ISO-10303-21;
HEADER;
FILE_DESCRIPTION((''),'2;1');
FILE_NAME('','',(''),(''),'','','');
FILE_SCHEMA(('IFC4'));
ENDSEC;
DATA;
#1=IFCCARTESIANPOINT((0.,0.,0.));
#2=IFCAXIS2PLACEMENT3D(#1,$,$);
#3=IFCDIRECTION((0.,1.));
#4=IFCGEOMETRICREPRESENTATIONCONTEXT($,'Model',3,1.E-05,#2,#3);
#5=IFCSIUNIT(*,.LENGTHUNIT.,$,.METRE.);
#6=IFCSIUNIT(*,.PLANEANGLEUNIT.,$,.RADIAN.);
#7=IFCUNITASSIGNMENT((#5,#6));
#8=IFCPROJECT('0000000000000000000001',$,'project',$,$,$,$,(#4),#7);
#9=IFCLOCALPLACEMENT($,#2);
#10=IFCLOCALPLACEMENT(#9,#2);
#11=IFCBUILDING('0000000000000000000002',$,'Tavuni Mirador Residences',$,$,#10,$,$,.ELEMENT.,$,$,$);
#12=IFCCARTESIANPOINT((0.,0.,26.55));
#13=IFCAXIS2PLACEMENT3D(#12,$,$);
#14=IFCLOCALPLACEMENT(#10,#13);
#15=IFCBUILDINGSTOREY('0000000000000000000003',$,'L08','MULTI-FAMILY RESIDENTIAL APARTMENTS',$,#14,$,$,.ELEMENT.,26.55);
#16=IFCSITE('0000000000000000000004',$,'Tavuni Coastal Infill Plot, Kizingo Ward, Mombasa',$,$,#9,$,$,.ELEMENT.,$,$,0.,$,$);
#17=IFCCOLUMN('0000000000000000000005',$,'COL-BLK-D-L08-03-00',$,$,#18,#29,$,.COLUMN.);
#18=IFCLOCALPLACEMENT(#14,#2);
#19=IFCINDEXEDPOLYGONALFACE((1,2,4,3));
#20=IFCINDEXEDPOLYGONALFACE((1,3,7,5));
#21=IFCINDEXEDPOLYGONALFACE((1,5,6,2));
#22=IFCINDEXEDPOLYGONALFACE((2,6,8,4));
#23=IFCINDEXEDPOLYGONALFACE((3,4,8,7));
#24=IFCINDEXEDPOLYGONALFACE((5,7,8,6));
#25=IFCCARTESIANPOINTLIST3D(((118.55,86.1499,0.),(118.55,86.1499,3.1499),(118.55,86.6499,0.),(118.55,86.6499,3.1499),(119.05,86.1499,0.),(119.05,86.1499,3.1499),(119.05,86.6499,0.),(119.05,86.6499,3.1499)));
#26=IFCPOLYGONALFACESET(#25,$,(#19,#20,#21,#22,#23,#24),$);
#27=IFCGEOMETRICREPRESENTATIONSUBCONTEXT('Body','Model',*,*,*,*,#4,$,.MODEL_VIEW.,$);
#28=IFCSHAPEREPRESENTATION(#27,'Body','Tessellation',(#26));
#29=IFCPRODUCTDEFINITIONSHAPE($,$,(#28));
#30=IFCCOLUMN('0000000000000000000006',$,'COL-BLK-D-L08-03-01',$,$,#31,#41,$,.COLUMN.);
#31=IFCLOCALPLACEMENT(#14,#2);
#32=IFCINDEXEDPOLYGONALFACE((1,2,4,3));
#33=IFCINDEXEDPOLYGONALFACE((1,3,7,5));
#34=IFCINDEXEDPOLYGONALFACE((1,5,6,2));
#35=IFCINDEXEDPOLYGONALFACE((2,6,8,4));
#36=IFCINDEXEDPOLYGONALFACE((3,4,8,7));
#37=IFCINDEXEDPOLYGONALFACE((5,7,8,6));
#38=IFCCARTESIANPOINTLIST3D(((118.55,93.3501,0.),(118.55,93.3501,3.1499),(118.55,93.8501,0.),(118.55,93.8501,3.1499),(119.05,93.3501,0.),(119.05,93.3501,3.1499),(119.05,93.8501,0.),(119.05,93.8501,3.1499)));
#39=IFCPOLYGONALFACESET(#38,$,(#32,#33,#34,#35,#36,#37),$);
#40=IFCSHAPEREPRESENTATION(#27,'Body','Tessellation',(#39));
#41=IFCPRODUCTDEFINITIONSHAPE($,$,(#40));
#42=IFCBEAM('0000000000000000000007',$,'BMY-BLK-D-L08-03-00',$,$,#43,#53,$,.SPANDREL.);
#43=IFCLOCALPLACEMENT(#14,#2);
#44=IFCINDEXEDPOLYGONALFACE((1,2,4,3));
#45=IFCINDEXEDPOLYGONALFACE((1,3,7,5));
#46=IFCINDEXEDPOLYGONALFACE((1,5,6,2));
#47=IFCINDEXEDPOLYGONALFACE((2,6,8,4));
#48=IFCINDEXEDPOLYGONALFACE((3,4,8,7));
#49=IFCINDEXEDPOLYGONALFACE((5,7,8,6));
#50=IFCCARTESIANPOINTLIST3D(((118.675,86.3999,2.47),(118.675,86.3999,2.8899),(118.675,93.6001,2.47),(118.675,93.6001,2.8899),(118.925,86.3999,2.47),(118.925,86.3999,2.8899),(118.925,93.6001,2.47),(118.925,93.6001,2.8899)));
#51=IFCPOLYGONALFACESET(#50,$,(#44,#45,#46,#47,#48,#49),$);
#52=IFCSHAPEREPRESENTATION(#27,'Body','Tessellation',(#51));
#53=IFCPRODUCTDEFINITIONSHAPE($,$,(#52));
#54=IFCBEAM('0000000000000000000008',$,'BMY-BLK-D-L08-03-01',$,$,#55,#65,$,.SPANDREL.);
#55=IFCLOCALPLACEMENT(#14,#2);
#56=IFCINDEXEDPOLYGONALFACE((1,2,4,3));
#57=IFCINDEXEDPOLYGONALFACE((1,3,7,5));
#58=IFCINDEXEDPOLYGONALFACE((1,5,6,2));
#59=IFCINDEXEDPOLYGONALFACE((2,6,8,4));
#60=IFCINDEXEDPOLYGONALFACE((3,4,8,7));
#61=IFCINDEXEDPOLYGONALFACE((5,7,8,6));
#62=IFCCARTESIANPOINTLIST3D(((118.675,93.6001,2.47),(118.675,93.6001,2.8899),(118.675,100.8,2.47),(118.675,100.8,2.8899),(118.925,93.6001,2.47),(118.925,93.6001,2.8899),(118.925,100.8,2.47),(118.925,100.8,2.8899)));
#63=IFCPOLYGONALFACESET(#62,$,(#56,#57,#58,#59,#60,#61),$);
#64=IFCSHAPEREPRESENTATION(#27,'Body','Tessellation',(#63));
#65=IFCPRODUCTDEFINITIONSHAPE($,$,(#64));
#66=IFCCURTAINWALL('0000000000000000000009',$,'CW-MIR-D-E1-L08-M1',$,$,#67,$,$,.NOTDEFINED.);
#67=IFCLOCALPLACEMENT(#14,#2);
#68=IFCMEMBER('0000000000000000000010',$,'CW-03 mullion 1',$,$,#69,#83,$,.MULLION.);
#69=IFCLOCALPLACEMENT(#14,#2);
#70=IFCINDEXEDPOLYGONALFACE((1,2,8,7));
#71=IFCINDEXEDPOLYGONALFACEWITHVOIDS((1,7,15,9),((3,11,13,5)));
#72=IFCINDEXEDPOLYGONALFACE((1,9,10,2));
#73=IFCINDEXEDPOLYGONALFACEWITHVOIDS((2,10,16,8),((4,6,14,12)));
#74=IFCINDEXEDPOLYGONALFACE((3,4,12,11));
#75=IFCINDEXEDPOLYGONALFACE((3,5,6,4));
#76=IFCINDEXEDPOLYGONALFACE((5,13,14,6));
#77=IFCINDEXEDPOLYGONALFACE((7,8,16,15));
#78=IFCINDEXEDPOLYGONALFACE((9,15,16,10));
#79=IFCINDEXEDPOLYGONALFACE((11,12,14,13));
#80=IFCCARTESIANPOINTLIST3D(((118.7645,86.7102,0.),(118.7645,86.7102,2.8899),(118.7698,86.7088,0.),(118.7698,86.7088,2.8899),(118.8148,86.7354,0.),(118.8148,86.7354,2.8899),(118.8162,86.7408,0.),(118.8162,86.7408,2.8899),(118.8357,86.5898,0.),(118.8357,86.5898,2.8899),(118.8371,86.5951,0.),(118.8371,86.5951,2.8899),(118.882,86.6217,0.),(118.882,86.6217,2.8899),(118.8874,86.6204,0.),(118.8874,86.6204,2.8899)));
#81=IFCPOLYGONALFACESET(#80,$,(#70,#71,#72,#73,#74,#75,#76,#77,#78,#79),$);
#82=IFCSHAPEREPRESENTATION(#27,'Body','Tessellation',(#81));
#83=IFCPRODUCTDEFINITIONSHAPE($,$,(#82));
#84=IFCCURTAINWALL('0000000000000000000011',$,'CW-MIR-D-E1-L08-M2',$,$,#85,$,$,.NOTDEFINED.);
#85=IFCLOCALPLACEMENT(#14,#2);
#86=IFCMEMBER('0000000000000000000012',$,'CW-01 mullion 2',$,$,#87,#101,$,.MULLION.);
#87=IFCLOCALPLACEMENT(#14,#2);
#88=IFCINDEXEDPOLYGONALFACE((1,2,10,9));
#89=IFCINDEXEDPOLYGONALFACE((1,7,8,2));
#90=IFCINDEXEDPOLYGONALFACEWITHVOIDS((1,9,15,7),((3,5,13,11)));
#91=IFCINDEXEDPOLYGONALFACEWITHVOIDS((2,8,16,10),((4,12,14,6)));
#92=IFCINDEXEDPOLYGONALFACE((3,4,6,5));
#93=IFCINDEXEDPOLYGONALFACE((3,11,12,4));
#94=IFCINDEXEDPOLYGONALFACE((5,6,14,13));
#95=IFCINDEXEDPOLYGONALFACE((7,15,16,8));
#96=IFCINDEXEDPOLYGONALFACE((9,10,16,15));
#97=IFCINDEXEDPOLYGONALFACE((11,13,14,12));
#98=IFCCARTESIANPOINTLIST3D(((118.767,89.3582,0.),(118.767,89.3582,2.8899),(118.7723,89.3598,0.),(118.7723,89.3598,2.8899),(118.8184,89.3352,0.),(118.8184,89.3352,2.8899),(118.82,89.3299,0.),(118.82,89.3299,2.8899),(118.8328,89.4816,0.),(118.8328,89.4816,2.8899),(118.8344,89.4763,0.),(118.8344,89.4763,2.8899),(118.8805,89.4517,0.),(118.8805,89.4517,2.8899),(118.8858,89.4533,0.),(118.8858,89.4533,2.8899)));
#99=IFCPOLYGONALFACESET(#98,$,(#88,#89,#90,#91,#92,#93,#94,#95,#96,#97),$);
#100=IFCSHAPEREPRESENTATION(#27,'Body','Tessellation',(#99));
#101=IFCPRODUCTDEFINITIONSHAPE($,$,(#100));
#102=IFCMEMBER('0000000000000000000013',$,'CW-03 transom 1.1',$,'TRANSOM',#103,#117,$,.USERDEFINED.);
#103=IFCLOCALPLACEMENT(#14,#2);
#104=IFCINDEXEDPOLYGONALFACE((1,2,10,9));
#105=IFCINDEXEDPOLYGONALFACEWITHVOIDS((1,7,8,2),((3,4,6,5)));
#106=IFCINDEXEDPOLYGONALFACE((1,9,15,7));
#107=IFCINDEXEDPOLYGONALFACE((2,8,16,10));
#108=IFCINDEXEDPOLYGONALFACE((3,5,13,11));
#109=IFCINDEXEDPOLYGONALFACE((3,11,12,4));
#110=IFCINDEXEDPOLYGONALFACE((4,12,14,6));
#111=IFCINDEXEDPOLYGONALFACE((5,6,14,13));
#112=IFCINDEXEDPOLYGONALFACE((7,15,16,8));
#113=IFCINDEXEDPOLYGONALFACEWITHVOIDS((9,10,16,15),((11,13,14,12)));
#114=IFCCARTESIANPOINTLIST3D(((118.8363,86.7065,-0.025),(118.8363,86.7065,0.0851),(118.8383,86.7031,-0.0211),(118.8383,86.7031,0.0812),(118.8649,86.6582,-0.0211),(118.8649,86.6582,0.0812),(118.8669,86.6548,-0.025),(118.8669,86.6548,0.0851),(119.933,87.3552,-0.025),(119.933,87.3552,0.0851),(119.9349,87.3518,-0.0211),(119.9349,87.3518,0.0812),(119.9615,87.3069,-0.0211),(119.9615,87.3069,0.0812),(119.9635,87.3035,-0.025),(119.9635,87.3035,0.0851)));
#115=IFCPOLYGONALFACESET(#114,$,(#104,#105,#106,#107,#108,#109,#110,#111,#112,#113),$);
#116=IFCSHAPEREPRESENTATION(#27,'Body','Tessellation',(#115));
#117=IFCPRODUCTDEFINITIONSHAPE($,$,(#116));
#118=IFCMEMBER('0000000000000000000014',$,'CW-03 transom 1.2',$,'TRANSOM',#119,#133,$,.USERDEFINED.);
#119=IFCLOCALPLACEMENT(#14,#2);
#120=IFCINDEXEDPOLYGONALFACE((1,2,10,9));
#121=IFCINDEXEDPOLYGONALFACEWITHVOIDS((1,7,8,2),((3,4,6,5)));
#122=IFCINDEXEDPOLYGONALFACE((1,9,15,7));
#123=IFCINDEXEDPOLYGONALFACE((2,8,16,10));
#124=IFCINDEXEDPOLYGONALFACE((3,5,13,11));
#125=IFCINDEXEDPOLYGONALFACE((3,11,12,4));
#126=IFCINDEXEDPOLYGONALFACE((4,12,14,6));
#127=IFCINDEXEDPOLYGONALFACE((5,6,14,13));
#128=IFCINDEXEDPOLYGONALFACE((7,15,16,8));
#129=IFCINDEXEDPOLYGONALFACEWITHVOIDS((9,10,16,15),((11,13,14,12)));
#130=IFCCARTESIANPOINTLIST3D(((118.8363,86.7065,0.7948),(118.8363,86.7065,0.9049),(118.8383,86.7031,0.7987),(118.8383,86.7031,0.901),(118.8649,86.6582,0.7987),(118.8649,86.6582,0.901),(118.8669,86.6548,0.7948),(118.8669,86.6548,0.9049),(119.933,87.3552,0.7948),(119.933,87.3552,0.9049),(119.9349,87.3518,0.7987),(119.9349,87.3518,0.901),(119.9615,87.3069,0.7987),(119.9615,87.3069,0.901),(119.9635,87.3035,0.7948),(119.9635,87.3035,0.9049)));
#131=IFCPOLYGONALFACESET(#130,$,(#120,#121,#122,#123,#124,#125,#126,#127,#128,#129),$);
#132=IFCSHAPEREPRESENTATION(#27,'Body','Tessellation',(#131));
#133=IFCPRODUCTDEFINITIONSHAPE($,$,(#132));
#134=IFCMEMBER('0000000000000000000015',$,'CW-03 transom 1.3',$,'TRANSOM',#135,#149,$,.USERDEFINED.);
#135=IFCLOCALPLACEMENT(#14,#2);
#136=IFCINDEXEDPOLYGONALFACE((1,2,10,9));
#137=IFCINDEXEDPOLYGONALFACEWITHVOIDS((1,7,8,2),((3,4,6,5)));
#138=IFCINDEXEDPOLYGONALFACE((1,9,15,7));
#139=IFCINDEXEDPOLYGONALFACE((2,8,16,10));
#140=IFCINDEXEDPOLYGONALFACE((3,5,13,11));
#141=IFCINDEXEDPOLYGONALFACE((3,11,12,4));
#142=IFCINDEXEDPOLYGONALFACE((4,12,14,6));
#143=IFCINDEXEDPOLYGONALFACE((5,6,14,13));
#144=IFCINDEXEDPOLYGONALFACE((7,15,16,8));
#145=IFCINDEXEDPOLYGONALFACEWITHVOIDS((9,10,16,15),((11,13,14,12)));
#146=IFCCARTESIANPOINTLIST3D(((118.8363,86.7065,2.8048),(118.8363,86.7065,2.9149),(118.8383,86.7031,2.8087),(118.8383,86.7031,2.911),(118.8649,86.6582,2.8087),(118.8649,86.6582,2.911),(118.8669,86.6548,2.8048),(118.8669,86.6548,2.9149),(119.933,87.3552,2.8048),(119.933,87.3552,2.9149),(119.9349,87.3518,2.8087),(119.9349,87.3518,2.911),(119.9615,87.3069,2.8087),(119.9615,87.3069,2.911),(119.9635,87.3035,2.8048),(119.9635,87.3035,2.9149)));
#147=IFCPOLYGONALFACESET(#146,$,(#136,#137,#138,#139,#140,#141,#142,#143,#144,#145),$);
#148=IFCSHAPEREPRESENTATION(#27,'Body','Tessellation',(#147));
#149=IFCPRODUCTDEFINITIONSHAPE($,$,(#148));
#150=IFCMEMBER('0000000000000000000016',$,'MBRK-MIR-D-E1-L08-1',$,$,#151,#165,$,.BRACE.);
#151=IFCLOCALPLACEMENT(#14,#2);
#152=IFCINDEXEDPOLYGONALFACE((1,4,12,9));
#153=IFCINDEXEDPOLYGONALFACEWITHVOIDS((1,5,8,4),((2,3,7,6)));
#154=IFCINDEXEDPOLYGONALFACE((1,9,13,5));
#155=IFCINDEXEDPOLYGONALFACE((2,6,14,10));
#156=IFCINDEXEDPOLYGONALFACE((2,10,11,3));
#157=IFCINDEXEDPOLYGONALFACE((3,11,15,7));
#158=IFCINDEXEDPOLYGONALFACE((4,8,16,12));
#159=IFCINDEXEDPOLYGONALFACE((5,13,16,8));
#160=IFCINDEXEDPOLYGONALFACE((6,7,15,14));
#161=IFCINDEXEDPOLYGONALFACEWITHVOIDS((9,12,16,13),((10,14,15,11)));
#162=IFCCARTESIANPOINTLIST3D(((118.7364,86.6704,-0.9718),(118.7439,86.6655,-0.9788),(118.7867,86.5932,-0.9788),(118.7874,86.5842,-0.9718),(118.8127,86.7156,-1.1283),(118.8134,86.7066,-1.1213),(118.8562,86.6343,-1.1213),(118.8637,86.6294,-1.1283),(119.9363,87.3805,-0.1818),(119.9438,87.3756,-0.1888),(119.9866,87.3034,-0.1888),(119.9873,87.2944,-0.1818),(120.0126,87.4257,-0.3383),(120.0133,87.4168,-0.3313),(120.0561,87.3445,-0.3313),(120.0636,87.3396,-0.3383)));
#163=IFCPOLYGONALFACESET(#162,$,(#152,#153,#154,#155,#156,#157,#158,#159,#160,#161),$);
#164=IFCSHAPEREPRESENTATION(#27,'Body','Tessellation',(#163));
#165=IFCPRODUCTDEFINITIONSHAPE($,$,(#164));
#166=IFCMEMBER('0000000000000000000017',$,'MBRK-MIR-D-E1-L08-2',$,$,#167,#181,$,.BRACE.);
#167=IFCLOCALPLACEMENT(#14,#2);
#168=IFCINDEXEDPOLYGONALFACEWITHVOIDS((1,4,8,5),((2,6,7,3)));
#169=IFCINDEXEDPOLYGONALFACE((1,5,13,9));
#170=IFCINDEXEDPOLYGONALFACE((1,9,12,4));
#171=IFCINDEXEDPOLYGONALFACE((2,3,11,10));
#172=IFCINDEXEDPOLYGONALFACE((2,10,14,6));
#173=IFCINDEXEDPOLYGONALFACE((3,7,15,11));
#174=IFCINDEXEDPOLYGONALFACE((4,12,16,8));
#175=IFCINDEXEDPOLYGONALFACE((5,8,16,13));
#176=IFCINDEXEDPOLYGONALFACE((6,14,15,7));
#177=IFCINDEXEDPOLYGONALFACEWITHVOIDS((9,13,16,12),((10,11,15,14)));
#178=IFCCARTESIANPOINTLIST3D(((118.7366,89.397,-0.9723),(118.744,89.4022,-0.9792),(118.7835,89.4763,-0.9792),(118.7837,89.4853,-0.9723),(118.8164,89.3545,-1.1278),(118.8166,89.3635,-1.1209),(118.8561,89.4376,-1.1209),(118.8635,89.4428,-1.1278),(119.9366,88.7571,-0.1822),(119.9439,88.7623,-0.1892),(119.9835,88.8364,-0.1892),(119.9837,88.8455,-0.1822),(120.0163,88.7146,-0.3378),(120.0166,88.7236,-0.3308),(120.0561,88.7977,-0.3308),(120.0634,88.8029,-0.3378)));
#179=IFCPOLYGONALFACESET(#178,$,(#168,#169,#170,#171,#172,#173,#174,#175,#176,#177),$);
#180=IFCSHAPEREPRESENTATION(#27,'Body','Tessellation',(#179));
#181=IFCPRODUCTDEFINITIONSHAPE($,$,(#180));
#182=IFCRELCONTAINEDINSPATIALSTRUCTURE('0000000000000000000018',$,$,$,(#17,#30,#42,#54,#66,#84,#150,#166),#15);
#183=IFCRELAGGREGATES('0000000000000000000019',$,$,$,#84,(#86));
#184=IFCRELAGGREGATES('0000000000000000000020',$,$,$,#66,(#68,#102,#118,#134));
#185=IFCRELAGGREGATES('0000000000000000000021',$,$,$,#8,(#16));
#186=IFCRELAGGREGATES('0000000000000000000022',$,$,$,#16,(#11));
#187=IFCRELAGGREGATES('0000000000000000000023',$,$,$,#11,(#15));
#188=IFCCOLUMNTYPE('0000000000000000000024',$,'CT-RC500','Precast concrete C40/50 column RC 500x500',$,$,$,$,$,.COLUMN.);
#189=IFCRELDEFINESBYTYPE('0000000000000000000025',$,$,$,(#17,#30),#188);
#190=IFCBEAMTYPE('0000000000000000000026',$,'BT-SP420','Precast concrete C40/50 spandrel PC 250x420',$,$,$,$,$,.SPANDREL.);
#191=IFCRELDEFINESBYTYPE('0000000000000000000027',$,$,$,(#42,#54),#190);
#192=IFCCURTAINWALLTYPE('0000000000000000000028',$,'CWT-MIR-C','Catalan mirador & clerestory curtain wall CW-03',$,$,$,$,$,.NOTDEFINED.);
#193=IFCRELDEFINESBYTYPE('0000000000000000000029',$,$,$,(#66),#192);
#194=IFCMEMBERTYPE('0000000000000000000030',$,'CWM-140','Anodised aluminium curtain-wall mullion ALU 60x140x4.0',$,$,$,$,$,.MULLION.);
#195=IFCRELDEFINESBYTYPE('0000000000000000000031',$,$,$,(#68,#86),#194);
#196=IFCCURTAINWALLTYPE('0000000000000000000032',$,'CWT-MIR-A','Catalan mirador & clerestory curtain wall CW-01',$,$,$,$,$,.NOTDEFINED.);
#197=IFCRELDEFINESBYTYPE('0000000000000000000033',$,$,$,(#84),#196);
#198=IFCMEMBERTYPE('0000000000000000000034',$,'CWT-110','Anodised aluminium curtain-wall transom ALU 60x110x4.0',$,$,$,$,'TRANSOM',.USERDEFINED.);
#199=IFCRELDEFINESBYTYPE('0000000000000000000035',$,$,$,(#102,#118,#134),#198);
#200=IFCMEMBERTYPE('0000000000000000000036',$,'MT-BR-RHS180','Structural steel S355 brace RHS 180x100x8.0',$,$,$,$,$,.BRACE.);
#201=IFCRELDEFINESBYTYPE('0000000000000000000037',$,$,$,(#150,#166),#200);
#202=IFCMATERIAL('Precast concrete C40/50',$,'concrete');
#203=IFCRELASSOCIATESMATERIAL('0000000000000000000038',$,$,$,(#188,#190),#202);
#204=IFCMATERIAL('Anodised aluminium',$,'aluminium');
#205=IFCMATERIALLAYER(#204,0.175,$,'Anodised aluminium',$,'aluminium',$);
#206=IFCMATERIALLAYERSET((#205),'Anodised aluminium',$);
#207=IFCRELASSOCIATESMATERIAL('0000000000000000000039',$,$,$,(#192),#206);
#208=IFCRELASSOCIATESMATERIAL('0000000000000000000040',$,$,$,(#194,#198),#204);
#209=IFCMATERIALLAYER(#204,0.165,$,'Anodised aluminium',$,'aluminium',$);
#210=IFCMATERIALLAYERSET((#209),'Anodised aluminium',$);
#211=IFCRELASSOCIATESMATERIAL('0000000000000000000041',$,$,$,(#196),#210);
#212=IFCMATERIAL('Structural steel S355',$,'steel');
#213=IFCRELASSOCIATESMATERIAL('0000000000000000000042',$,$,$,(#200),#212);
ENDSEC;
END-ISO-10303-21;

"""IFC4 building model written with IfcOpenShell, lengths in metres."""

from ifc_helpers import new_model, si_unit, direction, frame, origin, origin_2d, place, context, subcontext, project, spatial, rectangle, hollow_rectangle, extrude, material, layer, layer_set, material_profile, profile_set, type_object, element, aggregate, save


model = new_model("IFC4")

# Units and contexts
model_context = context("Model", 3, precision=1e-05, world=origin(), true_north=direction((0.0, 1.0)))
body_context = subcontext(model_context, "Body", "Model", "MODEL_VIEW")
ifc_project = project(units=[si_unit("LENGTHUNIT", "METRE"), si_unit("PLANEANGLEUNIT", "RADIAN")], contexts=[model_context])

# Site, building, storey
site_placement = place(None, origin())
site = spatial("IfcSite", under=ifc_project, at=site_placement, Name="Tavuni Coastal Infill Plot, Kizingo Ward, Mombasa", CompositionType="ELEMENT", RefElevation=0.0)
building_placement = place(site_placement, origin())
building = spatial("IfcBuilding", under=site, at=building_placement, Name="Tavuni Mirador Residences", CompositionType="ELEMENT")
storey_placement = place(building_placement, frame((0.0, 0.0, 26.55)))
storey = spatial("IfcBuildingStorey", under=building, at=storey_placement, Name="L08", Description="MULTI-FAMILY RESIDENTIAL APARTMENTS", CompositionType="ELEMENT", Elevation=26.55)

# Columns
ifc_material_1 = material(Name="Precast concrete C40/50", Category="concrete")
ifc_material_profile_1 = material_profile(ifc_material_1, rectangle(XDim=0.5, YDim=0.5, at=origin_2d()), Name="RC 500x500", Category="concrete")
ifc_profile_set_1 = profile_set([ifc_material_profile_1], Name="Precast concrete C40/50")
column_type = type_object("IfcColumnType", Name="CT-RC500", Description="Precast concrete C40/50 column RC 500x500", PredefinedType="COLUMN", material=ifc_profile_set_1)
for number, where, z_axis, x_axis, name in (
    (1, (118.8, 86.3999, 0.0), (0.0, 0.0, 1.0), (1.0, 0.0, 0.0), "COL-BLK-D-L08-03-00"),
    (2, (118.8, 93.6001, 0.0), (0.0, 0.0, 1.0), (1.0, 0.0, 0.0), "COL-BLK-D-L08-03-01"),
):
    element("IfcColumn", number, at=place(storey_placement, frame(where, z_axis=z_axis, x_axis=x_axis)), inside=storey, type_object=column_type, Name=name, PredefinedType="COLUMN", context=body_context, shape_type="SweptSolid", body=[
        extrude(rectangle(XDim=0.5, YDim=0.5, at=origin_2d()), origin(), (0.0, 0.0, 1.0), 3.1499),
    ])

# Beams
ifc_material_profile_2 = material_profile(ifc_material_1, rectangle(XDim=0.25, YDim=0.4199, at=origin_2d()), Name="PC 250x420", Category="concrete")
ifc_profile_set_2 = profile_set([ifc_material_profile_2], Name="Precast concrete C40/50")
beam_type = type_object("IfcBeamType", Name="BT-SP420", Description="Precast concrete C40/50 spandrel PC 250x420", PredefinedType="SPANDREL", material=ifc_profile_set_2)
beam_1_placement = place(storey_placement, frame((118.8, 86.3999, 2.6799), z_axis=(0.0, 1.0, 0.0), x_axis=(-1.0, 0.0, 0.0)))
element("IfcBeam", 3, at=beam_1_placement, inside=storey, type_object=beam_type, Name="BMY-BLK-D-L08-03-00", PredefinedType="SPANDREL", context=body_context, shape_type="SweptSolid", body=[
    extrude(rectangle(XDim=0.25, YDim=0.4199, at=origin_2d()), origin(), (0.0, 0.0, 1.0), 7.2002),
])
beam_2_placement = place(storey_placement, frame((118.8, 93.6001, 2.6799), z_axis=(0.0, 1.0, 0.0), x_axis=(-1.0, 0.0, 0.0)))
element("IfcBeam", 4, at=beam_2_placement, inside=storey, type_object=beam_type, Name="BMY-BLK-D-L08-03-01", PredefinedType="SPANDREL", context=body_context, shape_type="SweptSolid", body=[
    extrude(rectangle(XDim=0.25, YDim=0.4199, at=origin_2d()), origin(), (0.0, 0.0, 1.0), 7.2),
])

# Curtain walls, members
ifc_material_2 = material(Name="Anodised aluminium", Category="aluminium")
ifc_layer_1 = layer(ifc_material_2, 0.175, Name="Anodised aluminium", Category="aluminium")
ifc_layer_set_1 = layer_set([ifc_layer_1], Name="Anodised aluminium")
curtain_wall_type_1 = type_object("IfcCurtainWallType", Name="CWT-MIR-C", Description="Catalan mirador & clerestory curtain wall CW-03", PredefinedType="NOTDEFINED", material=ifc_layer_set_1)
curtain_wall_1_placement = place(storey_placement, origin())
curtain_wall_1 = element("IfcCurtainWall", 5, at=curtain_wall_1_placement, inside=storey, type_object=curtain_wall_type_1, Name="CW-MIR-D-E1-L08-M1", PredefinedType="NOTDEFINED")
ifc_material_profile_3 = material_profile(ifc_material_2, hollow_rectangle(XDim=0.0601, YDim=0.1399, WallThickness=0.0039, at=origin_2d()), Name="ALU 60x140x4.0", Category="aluminium")
ifc_profile_set_3 = profile_set([ifc_material_profile_3], Name="Anodised aluminium")
member_type_1 = type_object("IfcMemberType", Name="CWM-140", Description="Anodised aluminium curtain-wall mullion ALU 60x140x4.0", PredefinedType="MULLION", material=ifc_profile_set_3)
member_1_placement = place(storey_placement, frame((118.8259, 86.6653, 0.0), z_axis=(0.0, 0.0, 1.0), x_axis=(0.860641, 0.509212, 0.0)))
member_1 = element("IfcMember", 6, at=member_1_placement, type_object=member_type_1, Name="CW-03 mullion 1", PredefinedType="MULLION", context=body_context, shape_type="SweptSolid", body=[
    extrude(hollow_rectangle(XDim=0.0601, YDim=0.1399, WallThickness=0.0039, at=origin_2d()), origin(), (0.0, 0.0, 1.0), 2.8899),
])
ifc_layer_2 = layer(ifc_material_2, 0.165, Name="Anodised aluminium", Category="aluminium")
ifc_layer_set_2 = layer_set([ifc_layer_2], Name="Anodised aluminium")
curtain_wall_type_2 = type_object("IfcCurtainWallType", Name="CWT-MIR-A", Description="Catalan mirador & clerestory curtain wall CW-01", PredefinedType="NOTDEFINED", material=ifc_layer_set_2)
curtain_wall_2_placement = place(storey_placement, origin())
curtain_wall_2 = element("IfcCurtainWall", 7, at=curtain_wall_2_placement, inside=storey, type_object=curtain_wall_type_2, Name="CW-MIR-D-E1-L08-M2", PredefinedType="NOTDEFINED")
member_2_placement = place(storey_placement, frame((118.8264, 89.4058, 0.0), z_axis=(0.0, 0.0, 1.0), x_axis=(-0.882353, 0.470588, 0.0)))
member_2 = element("IfcMember", 8, at=member_2_placement, type_object=member_type_1, Name="CW-01 mullion 2", PredefinedType="MULLION", context=body_context, shape_type="SweptSolid", body=[
    extrude(hollow_rectangle(XDim=0.0601, YDim=0.1399, WallThickness=0.0039, at=origin_2d()), origin(), (0.0, 0.0, 1.0), 2.8899),
])
aggregate(curtain_wall_2, [member_2])

# Members
ifc_material_profile_4 = material_profile(ifc_material_2, hollow_rectangle(XDim=0.0601, YDim=0.1101, WallThickness=0.0039, at=origin_2d()), Name="ALU 60x110x4.0", Category="aluminium")
ifc_profile_set_4 = profile_set([ifc_material_profile_4], Name="Anodised aluminium")
member_type_2 = type_object("IfcMemberType", Name="CWT-110", Description="Anodised aluminium curtain-wall transom ALU 60x110x4.0", ElementType="TRANSOM", PredefinedType="USERDEFINED", material=ifc_profile_set_4)
member_3_placement = place(storey_placement, frame((118.8516, 86.6807, 0.03), z_axis=(0.860705, 0.509104, 0.0), x_axis=(-0.509104, 0.860705, 0.0)))
member_3 = element("IfcMember", 9, at=member_3_placement, type_object=member_type_2, Name="CW-03 transom 1.1", ObjectType="TRANSOM", PredefinedType="USERDEFINED", context=body_context, shape_type="SweptSolid", body=[
    extrude(hollow_rectangle(XDim=0.0601, YDim=0.1101, WallThickness=0.0039, at=origin_2d()), origin(), (0.0, 0.0, 1.0), 1.2742),
])
member_4_placement = place(storey_placement, frame((118.8516, 86.6807, 0.8499), z_axis=(0.860705, 0.509104, 0.0), x_axis=(-0.509104, 0.860705, 0.0)))
member_4 = element("IfcMember", 10, at=member_4_placement, type_object=member_type_2, Name="CW-03 transom 1.2", ObjectType="TRANSOM", PredefinedType="USERDEFINED", context=body_context, shape_type="SweptSolid", body=[
    extrude(hollow_rectangle(XDim=0.0601, YDim=0.1101, WallThickness=0.0039, at=origin_2d()), origin(), (0.0, 0.0, 1.0), 1.2742),
])
member_5_placement = place(storey_placement, frame((118.8516, 86.6807, 2.8599), z_axis=(0.860705, 0.509104, 0.0), x_axis=(-0.509104, 0.860705, 0.0)))
member_5 = element("IfcMember", 11, at=member_5_placement, type_object=member_type_2, Name="CW-03 transom 1.3", ObjectType="TRANSOM", PredefinedType="USERDEFINED", context=body_context, shape_type="SweptSolid", body=[
    extrude(hollow_rectangle(XDim=0.0601, YDim=0.1101, WallThickness=0.0039, at=origin_2d()), origin(), (0.0, 0.0, 1.0), 1.2742),
])
aggregate(curtain_wall_1, [member_1, member_3, member_4, member_5])

# Members
ifc_material_3 = material(Name="Structural steel S355", Category="steel")
ifc_material_profile_5 = material_profile(ifc_material_3, hollow_rectangle(XDim=0.1001, YDim=0.1799, WallThickness=0.0081, at=origin_2d()), Name="RHS 180x100x8.0", Category="steel")
ifc_profile_set_5 = profile_set([ifc_material_profile_5], Name="Structural steel S355")
member_type_3 = type_object("IfcMemberType", Name="MT-BR-RHS180", Description="Structural steel S355 brace RHS 180x100x8.0", PredefinedType="BRACE", material=ifc_profile_set_5)
member_6_placement = place(storey_placement, frame((118.8, 86.6499, -1.05), z_axis=(0.748737, 0.443149, 0.492963), x_axis=(-0.509337, 0.860567, 0.0)))
element("IfcMember", 12, at=member_6_placement, inside=storey, type_object=member_type_3, Name="MBRK-MIR-D-E1-L08-1", PredefinedType="BRACE", context=body_context, shape_type="SweptSolid", body=[
    extrude(hollow_rectangle(XDim=0.1001, YDim=0.1799, WallThickness=0.0081, at=origin_2d()), origin(), (0.0, 0.0, 1.0), 1.6025),
])
member_7_placement = place(storey_placement, frame((118.8, 89.4199, -1.05), z_axis=(0.762969, -0.406865, 0.502333), x_axis=(0.470542, 0.882378, 0.0)))
element("IfcMember", 13, at=member_7_placement, inside=storey, type_object=member_type_3, Name="MBRK-MIR-D-E1-L08-2", PredefinedType="BRACE", context=body_context, shape_type="SweptSolid", body=[
    extrude(hollow_rectangle(XDim=0.1001, YDim=0.1799, WallThickness=0.0081, at=origin_2d()), origin(), (0.0, 0.0, 1.0), 1.5728),
])

save(model, "model.ifc")
